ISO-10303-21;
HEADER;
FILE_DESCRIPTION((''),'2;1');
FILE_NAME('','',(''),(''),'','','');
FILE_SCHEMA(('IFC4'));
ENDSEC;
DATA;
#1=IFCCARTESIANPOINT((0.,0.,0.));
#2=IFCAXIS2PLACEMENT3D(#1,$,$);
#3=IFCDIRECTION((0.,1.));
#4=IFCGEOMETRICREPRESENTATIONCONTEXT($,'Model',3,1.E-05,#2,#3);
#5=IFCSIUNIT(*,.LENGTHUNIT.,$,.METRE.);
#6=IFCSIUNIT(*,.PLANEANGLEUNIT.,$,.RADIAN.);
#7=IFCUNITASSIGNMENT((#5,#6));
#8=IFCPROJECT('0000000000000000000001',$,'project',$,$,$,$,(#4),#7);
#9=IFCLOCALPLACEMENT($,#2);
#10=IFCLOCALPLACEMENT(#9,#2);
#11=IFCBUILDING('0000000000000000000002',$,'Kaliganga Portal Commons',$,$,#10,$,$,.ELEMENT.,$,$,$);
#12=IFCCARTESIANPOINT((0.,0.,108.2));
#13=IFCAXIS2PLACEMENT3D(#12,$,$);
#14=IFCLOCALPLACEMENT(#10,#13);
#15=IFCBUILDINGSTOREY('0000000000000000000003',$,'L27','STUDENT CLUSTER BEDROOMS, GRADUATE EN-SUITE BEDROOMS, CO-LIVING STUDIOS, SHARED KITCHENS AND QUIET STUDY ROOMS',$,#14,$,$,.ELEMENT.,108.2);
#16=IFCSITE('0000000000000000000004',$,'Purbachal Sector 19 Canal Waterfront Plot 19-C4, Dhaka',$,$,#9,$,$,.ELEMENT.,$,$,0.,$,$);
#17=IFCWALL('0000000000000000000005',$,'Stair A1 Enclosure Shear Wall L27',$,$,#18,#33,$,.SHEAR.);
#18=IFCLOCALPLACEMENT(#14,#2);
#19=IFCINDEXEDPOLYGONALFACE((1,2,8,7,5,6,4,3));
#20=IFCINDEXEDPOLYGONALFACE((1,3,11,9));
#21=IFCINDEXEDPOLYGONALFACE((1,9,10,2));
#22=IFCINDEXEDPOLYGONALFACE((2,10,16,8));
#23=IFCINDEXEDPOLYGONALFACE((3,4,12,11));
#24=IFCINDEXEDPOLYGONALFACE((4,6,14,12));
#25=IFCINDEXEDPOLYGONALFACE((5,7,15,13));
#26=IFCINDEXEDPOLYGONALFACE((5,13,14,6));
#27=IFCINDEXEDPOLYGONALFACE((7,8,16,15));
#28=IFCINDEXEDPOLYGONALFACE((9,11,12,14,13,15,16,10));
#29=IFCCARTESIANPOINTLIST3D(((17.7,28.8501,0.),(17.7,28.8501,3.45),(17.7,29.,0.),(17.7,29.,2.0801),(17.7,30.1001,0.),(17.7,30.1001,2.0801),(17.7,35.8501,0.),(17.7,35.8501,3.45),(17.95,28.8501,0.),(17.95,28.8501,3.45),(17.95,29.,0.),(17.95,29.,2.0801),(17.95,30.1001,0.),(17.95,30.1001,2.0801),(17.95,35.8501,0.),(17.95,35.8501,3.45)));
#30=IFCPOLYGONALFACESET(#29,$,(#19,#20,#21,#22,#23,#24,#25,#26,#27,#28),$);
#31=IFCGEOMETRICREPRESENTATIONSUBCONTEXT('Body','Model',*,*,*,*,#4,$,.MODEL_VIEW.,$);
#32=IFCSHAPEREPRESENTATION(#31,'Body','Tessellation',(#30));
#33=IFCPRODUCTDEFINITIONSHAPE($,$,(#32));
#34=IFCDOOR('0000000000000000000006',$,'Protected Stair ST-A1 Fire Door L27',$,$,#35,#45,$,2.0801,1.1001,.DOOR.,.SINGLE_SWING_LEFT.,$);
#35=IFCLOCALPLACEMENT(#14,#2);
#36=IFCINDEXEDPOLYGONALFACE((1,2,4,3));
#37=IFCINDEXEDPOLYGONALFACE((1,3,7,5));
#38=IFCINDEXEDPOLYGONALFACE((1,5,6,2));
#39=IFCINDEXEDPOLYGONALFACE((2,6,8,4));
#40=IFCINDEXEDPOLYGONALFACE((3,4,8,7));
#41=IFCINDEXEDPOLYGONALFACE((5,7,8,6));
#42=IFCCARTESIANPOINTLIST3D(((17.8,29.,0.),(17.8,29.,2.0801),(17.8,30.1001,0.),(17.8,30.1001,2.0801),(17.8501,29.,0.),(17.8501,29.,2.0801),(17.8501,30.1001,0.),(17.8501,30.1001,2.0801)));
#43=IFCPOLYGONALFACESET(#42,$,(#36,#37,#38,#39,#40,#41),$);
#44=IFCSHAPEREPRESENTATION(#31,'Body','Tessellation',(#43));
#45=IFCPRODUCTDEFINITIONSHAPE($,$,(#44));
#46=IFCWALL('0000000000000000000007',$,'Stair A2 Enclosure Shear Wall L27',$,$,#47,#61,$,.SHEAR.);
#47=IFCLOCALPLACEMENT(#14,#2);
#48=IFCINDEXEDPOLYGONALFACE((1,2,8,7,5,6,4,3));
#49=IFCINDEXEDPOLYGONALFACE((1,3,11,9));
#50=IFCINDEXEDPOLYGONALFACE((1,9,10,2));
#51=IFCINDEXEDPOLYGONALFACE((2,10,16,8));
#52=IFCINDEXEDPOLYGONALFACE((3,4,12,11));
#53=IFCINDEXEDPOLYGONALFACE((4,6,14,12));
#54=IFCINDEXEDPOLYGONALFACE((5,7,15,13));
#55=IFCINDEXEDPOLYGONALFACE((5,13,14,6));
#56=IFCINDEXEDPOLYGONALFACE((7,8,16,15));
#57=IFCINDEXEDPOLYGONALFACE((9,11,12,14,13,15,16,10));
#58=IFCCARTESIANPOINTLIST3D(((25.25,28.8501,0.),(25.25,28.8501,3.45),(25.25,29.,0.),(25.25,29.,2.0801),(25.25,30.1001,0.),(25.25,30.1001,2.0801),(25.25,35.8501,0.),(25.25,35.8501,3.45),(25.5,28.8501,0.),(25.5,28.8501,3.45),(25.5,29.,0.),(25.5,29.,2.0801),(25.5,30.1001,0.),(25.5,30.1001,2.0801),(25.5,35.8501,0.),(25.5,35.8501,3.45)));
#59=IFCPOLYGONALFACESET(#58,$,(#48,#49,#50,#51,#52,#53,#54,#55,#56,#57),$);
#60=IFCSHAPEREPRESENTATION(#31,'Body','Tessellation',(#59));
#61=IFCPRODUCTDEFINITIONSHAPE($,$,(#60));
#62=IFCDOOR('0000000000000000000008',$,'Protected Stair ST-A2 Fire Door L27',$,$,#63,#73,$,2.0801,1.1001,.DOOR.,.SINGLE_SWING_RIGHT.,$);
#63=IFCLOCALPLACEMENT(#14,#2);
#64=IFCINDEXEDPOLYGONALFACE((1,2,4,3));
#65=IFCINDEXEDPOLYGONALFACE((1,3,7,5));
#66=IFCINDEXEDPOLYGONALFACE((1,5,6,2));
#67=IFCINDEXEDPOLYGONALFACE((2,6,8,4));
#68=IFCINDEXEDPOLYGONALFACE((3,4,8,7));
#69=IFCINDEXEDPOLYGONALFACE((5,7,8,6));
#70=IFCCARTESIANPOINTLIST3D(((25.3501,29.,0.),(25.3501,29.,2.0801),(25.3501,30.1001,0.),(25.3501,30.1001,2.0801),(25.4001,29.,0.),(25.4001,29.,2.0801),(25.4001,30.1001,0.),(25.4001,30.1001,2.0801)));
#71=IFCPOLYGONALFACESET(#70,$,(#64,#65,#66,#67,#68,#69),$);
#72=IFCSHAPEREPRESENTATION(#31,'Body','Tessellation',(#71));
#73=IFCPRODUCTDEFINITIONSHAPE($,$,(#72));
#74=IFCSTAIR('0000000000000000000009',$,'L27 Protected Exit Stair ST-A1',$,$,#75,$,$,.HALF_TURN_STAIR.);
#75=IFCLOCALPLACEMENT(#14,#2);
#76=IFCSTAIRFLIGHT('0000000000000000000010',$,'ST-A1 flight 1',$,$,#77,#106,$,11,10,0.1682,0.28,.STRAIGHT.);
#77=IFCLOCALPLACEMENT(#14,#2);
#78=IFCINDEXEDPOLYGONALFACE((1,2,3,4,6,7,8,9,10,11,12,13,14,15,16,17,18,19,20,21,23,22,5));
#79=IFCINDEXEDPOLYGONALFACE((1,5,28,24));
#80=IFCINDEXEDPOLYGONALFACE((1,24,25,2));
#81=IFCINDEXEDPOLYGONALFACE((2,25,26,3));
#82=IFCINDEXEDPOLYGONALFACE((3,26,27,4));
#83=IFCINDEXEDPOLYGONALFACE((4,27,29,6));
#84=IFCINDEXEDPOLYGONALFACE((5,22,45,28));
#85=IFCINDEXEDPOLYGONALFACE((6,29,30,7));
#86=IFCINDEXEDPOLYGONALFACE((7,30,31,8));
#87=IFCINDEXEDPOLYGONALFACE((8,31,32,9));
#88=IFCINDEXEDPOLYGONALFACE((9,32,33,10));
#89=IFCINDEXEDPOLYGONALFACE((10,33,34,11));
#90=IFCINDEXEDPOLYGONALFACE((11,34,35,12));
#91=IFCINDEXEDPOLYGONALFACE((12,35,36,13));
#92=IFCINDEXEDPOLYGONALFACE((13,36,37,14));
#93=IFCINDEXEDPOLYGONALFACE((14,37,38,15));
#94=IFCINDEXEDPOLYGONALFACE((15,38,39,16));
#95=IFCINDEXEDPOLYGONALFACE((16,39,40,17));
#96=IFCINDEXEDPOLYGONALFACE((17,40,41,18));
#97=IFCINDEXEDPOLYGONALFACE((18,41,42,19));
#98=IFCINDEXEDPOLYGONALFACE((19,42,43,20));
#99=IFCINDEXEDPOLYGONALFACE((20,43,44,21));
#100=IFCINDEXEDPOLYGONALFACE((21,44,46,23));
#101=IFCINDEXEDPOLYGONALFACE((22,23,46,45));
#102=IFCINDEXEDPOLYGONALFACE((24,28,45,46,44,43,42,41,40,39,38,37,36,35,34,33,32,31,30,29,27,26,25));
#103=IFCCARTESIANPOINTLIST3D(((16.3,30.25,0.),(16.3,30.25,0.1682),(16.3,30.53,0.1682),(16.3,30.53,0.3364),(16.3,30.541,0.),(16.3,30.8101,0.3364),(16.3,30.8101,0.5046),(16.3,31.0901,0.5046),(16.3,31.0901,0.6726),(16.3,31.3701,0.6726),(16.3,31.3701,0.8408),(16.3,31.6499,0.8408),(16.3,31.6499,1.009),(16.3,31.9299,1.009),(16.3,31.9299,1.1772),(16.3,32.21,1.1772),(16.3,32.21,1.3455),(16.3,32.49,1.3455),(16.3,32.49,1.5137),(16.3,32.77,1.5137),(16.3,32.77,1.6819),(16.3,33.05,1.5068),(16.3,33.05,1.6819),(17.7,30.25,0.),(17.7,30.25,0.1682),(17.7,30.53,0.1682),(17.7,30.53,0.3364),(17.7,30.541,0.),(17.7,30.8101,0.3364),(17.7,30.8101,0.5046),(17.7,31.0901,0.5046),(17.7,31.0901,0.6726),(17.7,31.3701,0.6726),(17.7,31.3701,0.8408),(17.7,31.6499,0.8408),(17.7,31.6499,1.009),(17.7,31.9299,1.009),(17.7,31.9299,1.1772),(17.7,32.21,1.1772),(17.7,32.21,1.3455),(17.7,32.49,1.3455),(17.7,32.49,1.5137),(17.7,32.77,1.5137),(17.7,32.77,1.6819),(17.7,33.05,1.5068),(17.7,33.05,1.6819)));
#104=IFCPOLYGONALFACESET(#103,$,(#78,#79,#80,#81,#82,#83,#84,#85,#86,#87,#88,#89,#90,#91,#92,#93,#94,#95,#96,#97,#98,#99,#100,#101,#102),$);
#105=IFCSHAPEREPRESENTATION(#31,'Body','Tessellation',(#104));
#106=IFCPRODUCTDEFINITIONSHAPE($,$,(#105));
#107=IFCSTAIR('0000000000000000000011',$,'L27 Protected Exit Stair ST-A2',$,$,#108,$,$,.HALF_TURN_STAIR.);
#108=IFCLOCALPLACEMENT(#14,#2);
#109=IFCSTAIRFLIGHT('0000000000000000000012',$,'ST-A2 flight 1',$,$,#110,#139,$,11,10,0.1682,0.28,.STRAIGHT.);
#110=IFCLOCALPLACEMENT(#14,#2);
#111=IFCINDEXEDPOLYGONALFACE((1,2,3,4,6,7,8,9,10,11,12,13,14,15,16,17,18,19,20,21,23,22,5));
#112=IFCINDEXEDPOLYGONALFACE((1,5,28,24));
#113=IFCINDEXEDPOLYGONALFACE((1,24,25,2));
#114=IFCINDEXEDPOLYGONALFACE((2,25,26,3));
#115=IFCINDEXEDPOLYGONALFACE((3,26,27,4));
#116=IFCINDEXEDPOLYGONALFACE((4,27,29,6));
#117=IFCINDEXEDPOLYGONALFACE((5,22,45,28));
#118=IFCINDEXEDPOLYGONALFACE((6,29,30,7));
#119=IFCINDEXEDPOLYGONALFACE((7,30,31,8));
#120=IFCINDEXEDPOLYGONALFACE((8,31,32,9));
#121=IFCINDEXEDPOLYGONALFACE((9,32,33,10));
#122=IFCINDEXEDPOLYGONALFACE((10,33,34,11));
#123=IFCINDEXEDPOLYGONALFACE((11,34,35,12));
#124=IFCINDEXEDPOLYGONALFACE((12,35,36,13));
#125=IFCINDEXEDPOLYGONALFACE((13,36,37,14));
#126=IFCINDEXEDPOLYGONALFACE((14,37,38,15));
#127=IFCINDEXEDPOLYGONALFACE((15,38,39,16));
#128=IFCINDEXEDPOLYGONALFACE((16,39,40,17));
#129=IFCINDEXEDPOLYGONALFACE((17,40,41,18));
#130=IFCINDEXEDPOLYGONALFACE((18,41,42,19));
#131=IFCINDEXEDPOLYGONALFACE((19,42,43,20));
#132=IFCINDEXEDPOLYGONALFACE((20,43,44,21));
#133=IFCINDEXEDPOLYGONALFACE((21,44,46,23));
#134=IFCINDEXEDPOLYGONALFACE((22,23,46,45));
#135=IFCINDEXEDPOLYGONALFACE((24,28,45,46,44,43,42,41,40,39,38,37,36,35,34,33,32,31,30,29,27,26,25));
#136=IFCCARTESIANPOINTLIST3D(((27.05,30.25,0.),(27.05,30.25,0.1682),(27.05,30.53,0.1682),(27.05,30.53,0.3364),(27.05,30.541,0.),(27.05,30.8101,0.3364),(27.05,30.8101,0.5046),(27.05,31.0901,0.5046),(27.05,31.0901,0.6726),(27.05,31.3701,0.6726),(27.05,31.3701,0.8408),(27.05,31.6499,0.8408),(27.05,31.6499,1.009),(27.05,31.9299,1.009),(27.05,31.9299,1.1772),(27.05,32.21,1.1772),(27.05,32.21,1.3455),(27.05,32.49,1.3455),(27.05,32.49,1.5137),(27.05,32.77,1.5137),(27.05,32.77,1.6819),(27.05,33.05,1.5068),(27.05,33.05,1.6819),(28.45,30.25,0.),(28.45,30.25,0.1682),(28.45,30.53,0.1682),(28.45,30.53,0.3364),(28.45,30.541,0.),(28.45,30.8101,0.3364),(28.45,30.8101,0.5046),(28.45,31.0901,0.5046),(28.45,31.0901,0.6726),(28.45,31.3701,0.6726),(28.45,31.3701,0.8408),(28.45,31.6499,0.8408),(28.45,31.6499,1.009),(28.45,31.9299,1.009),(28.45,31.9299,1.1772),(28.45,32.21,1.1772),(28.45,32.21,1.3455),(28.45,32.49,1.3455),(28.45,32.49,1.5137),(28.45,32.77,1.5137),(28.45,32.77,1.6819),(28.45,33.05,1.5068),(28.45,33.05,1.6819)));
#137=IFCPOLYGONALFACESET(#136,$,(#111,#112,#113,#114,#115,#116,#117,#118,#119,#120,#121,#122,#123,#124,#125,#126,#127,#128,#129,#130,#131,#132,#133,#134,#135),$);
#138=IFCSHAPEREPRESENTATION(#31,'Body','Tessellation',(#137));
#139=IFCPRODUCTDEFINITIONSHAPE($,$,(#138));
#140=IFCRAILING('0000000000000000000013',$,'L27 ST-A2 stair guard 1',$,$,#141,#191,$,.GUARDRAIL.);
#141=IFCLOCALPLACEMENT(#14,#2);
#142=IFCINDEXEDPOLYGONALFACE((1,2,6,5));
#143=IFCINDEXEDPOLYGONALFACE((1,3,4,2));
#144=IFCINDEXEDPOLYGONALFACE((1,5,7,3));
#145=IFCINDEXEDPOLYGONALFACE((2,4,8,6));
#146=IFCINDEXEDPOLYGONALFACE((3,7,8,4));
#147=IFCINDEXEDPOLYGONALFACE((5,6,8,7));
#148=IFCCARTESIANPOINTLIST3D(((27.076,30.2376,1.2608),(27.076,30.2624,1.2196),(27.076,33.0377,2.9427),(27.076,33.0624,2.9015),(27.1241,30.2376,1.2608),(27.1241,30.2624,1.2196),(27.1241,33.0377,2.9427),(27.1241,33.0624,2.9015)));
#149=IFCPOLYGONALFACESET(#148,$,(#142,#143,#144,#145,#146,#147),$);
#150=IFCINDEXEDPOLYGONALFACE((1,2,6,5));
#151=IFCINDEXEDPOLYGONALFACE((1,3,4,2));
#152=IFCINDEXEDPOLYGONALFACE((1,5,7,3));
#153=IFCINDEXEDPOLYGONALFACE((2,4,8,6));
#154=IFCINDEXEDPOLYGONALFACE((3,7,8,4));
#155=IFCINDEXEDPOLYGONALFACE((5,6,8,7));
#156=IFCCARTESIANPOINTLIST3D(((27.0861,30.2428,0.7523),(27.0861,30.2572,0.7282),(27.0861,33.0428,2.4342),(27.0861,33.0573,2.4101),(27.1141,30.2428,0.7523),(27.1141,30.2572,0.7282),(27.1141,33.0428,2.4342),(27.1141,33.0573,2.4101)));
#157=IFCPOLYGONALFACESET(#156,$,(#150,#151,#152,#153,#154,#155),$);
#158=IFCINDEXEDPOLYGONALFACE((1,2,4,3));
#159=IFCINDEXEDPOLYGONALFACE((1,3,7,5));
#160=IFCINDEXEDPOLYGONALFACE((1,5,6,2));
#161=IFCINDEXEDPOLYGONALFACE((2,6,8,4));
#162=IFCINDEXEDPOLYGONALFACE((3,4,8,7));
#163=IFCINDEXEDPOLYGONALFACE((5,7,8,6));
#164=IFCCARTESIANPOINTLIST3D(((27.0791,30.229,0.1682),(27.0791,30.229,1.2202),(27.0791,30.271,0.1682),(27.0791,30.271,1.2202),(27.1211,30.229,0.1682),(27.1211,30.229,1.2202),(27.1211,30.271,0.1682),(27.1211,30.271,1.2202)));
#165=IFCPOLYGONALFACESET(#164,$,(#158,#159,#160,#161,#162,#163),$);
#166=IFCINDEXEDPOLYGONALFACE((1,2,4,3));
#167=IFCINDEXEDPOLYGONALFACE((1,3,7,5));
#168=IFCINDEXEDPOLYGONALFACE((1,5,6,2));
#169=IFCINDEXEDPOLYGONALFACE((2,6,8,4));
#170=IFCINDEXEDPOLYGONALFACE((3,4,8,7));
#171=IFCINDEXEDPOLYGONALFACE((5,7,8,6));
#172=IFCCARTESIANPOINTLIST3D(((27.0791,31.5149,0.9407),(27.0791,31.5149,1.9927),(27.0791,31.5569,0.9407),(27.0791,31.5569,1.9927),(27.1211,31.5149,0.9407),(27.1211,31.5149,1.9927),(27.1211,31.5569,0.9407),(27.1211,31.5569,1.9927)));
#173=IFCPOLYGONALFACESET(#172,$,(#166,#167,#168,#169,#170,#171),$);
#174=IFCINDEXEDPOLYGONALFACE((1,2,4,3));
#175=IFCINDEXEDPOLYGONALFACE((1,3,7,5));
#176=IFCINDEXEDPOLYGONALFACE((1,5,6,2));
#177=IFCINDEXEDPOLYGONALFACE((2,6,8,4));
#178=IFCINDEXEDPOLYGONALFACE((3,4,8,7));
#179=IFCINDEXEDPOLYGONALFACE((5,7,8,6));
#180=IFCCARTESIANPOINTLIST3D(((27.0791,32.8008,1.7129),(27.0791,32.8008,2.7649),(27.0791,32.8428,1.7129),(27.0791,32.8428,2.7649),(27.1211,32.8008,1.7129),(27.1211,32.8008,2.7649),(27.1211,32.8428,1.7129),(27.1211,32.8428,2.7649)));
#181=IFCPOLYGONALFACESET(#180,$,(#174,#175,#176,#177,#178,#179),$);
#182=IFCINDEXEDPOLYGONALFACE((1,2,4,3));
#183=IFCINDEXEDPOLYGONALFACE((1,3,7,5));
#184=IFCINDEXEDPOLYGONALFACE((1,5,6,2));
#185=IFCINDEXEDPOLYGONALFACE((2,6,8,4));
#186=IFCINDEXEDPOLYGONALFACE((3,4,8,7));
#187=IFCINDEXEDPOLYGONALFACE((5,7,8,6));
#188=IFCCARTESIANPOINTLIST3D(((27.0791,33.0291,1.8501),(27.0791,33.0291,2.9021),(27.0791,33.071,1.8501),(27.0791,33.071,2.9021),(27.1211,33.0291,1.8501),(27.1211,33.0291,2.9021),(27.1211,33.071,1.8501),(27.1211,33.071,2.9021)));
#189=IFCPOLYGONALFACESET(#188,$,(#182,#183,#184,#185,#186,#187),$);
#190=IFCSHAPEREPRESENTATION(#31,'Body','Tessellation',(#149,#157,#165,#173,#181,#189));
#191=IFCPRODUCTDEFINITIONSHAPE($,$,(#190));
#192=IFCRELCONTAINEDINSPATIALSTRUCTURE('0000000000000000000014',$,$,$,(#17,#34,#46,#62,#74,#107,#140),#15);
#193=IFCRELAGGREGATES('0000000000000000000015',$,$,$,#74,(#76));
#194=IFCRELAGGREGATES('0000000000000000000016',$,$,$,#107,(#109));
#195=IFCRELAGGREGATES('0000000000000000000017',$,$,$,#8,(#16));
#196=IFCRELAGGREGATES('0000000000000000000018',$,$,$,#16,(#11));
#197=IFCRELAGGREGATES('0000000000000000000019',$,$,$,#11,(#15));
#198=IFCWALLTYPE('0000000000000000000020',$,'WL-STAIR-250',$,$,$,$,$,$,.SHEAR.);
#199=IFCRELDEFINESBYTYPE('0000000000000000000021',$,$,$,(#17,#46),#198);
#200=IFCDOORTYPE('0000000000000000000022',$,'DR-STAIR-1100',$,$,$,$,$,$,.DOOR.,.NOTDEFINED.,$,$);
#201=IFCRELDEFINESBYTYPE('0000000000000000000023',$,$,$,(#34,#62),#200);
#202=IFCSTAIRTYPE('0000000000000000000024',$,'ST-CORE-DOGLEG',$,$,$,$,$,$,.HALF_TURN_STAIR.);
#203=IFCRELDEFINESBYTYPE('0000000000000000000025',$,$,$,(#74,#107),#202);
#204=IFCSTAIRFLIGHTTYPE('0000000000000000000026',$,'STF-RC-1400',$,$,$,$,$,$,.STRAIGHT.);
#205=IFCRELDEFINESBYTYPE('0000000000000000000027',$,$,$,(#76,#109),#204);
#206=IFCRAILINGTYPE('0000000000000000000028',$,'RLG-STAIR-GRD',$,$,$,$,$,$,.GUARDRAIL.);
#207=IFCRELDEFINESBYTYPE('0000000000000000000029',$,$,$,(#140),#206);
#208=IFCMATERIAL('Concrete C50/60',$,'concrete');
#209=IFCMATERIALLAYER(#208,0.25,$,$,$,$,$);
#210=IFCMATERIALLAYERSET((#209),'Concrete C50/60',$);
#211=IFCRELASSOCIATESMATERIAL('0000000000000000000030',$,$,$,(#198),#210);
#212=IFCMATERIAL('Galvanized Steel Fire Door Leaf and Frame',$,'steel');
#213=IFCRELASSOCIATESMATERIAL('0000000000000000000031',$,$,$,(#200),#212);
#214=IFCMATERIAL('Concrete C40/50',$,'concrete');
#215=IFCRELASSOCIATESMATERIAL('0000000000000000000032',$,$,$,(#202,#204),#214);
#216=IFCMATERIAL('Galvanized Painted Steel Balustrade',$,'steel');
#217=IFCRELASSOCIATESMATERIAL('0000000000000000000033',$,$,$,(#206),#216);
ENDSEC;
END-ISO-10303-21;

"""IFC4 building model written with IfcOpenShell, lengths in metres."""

from ifc_helpers import new_model, si_unit, direction, frame, frame_2d, origin, origin_2d, place, context, subcontext, project, spatial, polyline, rectangle, outline, extrude, material, layer, layer_set, type_object, element, fill, aggregate, save


model = new_model("IFC4")

# Units and contexts
model_context = context("Model", 3, precision=1e-05, world=origin(), true_north=direction((0.0, 1.0)))
body_context = subcontext(model_context, "Body", "Model", "MODEL_VIEW")
ifc_project = project(units=[si_unit("LENGTHUNIT", "METRE"), si_unit("PLANEANGLEUNIT", "RADIAN")], contexts=[model_context])

# Site, building, storey
site_placement = place(None, origin())
site = spatial("IfcSite", under=ifc_project, at=site_placement, Name="Purbachal Sector 19 Canal Waterfront Plot 19-C4, Dhaka", CompositionType="ELEMENT", RefElevation=0.0)
building_placement = place(site_placement, origin())
building = spatial("IfcBuilding", under=site, at=building_placement, Name="Kaliganga Portal Commons", CompositionType="ELEMENT")
storey_placement = place(building_placement, frame((0.0, 0.0, 108.2)))
storey = spatial("IfcBuildingStorey", under=building, at=storey_placement, Name="L27", Description="STUDENT CLUSTER BEDROOMS, GRADUATE EN-SUITE BEDROOMS, CO-LIVING STUDIOS, SHARED KITCHENS AND QUIET STUDY ROOMS", CompositionType="ELEMENT", Elevation=108.2)

# Shared definitions
ifc_material_1 = material(Name="Concrete C50/60", Category="concrete")

# Walls, openings, doors
ifc_layer_1 = layer(ifc_material_1, 0.25)
ifc_layer_set_1 = layer_set([ifc_layer_1], Name="Concrete C50/60")
wall_type_1 = type_object("IfcWallType", Name="WL-STAIR-250", PredefinedType="SHEAR", material=ifc_layer_set_1)
wall_1_placement = place(storey_placement, frame((17.825, 28.8501, 0.0), z_axis=(0.0, 0.0, 1.0), x_axis=(0.0, 1.0, 0.0)))
wall_1 = element("IfcWall", 1, at=wall_1_placement, inside=storey, type_object=wall_type_1, Name="Stair A1 Enclosure Shear Wall L27", PredefinedType="SHEAR", context=body_context, shape_type="SweptSolid", body=[
    extrude(rectangle(XDim=7.0, YDim=0.25, at=frame_2d((3.5, 0.0))), origin(), (0.0, 0.0, 1.0), 3.45),
])
opening_1_placement = place(wall_1_placement, frame((0.1499, 0.0, 0.0)))
opening_1 = element("IfcOpeningElement", 2, at=opening_1_placement, cuts=wall_1, PredefinedType="OPENING", context=body_context, shape_type="SweptSolid", body=[
    extrude(rectangle(XDim=1.1001, YDim=2.0801, at=frame_2d((0.55, 1.04))), frame((0.0, 0.135, 0.0), z_axis=(0.0, -1.0, 0.0), x_axis=(1.0, 0.0, 0.0)), (0.0, 0.0, 1.0), 0.27),
])
ifc_material_2 = material(Name="Galvanized Steel Fire Door Leaf and Frame", Category="steel")
door_type_1 = type_object("IfcDoorType", Name="DR-STAIR-1100", OperationType="NOTDEFINED", PredefinedType="DOOR", material=ifc_material_2)
door_1_placement = place(opening_1_placement, origin())
door_1 = element("IfcDoor", 3, at=door_1_placement, inside=storey, type_object=door_type_1, Name="Protected Stair ST-A1 Fire Door L27", OperationType="SINGLE_SWING_LEFT", OverallHeight=2.0801, OverallWidth=1.1001, PredefinedType="DOOR", context=body_context, shape_type="SweptSolid", body=[
    extrude(rectangle(XDim=1.1001, YDim=2.0801, at=frame_2d((0.55, 1.04))), frame((0.0, 0.0249, 0.0), z_axis=(0.0, -1.0, 0.0), x_axis=(1.0, 0.0, 0.0)), (0.0, 0.0, 1.0), 0.05),
])
fill(opening_1, door_1)
wall_2_placement = place(storey_placement, frame((25.375, 28.8501, 0.0), z_axis=(0.0, 0.0, 1.0), x_axis=(0.0, 1.0, 0.0)))
wall_2 = element("IfcWall", 4, at=wall_2_placement, inside=storey, type_object=wall_type_1, Name="Stair A2 Enclosure Shear Wall L27", PredefinedType="SHEAR", context=body_context, shape_type="SweptSolid", body=[
    extrude(rectangle(XDim=7.0, YDim=0.25, at=frame_2d((3.5, 0.0))), origin(), (0.0, 0.0, 1.0), 3.45),
])
opening_2_placement = place(wall_2_placement, frame((0.1499, 0.0, 0.0)))
opening_2 = element("IfcOpeningElement", 5, at=opening_2_placement, cuts=wall_2, PredefinedType="OPENING", context=body_context, shape_type="SweptSolid", body=[
    extrude(rectangle(XDim=1.1001, YDim=2.0801, at=frame_2d((0.55, 1.04))), frame((0.0, 0.135, 0.0), z_axis=(0.0, -1.0, 0.0), x_axis=(1.0, 0.0, 0.0)), (0.0, 0.0, 1.0), 0.27),
])
door_2_placement = place(opening_2_placement, origin())
door_2 = element("IfcDoor", 6, at=door_2_placement, inside=storey, type_object=door_type_1, Name="Protected Stair ST-A2 Fire Door L27", OperationType="SINGLE_SWING_RIGHT", OverallHeight=2.0801, OverallWidth=1.1001, PredefinedType="DOOR", context=body_context, shape_type="SweptSolid", body=[
    extrude(rectangle(XDim=1.1001, YDim=2.0801, at=frame_2d((0.55, 1.04))), frame((0.0, 0.0249, 0.0), z_axis=(0.0, -1.0, 0.0), x_axis=(1.0, 0.0, 0.0)), (0.0, 0.0, 1.0), 0.05),
])
fill(opening_2, door_2)

# Stairs, stair flights
ifc_material_3 = material(Name="Concrete C40/50", Category="concrete")
stair_type = type_object("IfcStairType", Name="ST-CORE-DOGLEG", PredefinedType="HALF_TURN_STAIR", material=ifc_material_3)
stair_1_placement = place(storey_placement, origin())
stair_1 = element("IfcStair", 7, at=stair_1_placement, inside=storey, type_object=stair_type, Name="L27 Protected Exit Stair ST-A1", PredefinedType="HALF_TURN_STAIR")
stair_flight_type = type_object("IfcStairFlightType", Name="STF-RC-1400", PredefinedType="STRAIGHT", material=ifc_material_3)
stair_flight_1_placement = place(storey_placement, frame((17.0, 30.25, 0.0), z_axis=(0.0, 0.0, 1.0), x_axis=(0.0, 1.0, 0.0)))
stair_flight_1 = element("IfcStairFlight", 8, at=stair_flight_1_placement, type_object=stair_flight_type, Name="ST-A1 flight 1", NumberOfRisers=11, NumberOfTreads=10, PredefinedType="STRAIGHT", RiserHeight=0.1682, TreadLength=0.28, context=body_context, shape_type="SweptSolid", body=[
    extrude(outline(polyline([(0.0, 0.0), (0.0, 0.1682), (0.28, 0.1682), (0.28, 0.3364), (0.5601, 0.3364), (0.5601, 0.5046), (0.8401, 0.5046), (0.8401, 0.6726), (1.1201, 0.6726), (1.1201, 0.8408), (1.3999, 0.8408), (1.3999, 1.009), (1.6799, 1.009), (1.6799, 1.1772), (1.96, 1.1772), (1.96, 1.3455), (2.24, 1.3455), (2.24, 1.5137), (2.52, 1.5137), (2.52, 1.6819), (2.8, 1.6819), (2.8, 1.8501), (2.8, 1.5068), (0.291, 0.0), (0.0, 0.0)])), frame((0.0, 0.7, 0.0), z_axis=(0.0, -1.0, 0.0), x_axis=(1.0, 0.0, 0.0)), (0.0, 0.0, 1.0), 1.3999),
])
aggregate(stair_1, [stair_flight_1])
stair_2_placement = place(storey_placement, origin())
stair_2 = element("IfcStair", 9, at=stair_2_placement, inside=storey, type_object=stair_type, Name="L27 Protected Exit Stair ST-A2", PredefinedType="HALF_TURN_STAIR")
stair_flight_2_placement = place(storey_placement, frame((27.75, 30.25, 0.0), z_axis=(0.0, 0.0, 1.0), x_axis=(0.0, 1.0, 0.0)))
stair_flight_2 = element("IfcStairFlight", 10, at=stair_flight_2_placement, type_object=stair_flight_type, Name="ST-A2 flight 1", NumberOfRisers=11, NumberOfTreads=10, PredefinedType="STRAIGHT", RiserHeight=0.1682, TreadLength=0.28, context=body_context, shape_type="SweptSolid", body=[
    extrude(outline(polyline([(0.0, 0.0), (0.0, 0.1682), (0.28, 0.1682), (0.28, 0.3364), (0.5601, 0.3364), (0.5601, 0.5046), (0.8401, 0.5046), (0.8401, 0.6726), (1.1201, 0.6726), (1.1201, 0.8408), (1.3999, 0.8408), (1.3999, 1.009), (1.6799, 1.009), (1.6799, 1.1772), (1.96, 1.1772), (1.96, 1.3455), (2.24, 1.3455), (2.24, 1.5137), (2.52, 1.5137), (2.52, 1.6819), (2.8, 1.6819), (2.8, 1.8501), (2.8, 1.5068), (0.291, 0.0), (0.0, 0.0)])), frame((0.0, 0.7, 0.0), z_axis=(0.0, -1.0, 0.0), x_axis=(1.0, 0.0, 0.0)), (0.0, 0.0, 1.0), 1.3999),
])
aggregate(stair_2, [stair_flight_2])

# Railing
ifc_material_4 = material(Name="Galvanized Painted Steel Balustrade", Category="steel")
railing_type_1 = type_object("IfcRailingType", Name="RLG-STAIR-GRD", PredefinedType="GUARDRAIL", material=ifc_material_4)
railing_1_placement = place(storey_placement, frame((27.1001, 30.25, 0.1682)))
element("IfcRailing", 11, at=railing_1_placement, inside=storey, type_object=railing_type_1, Name="L27 ST-A2 stair guard 1", PredefinedType="GUARDRAIL", context=body_context, shape_type="SweptSolid", body=[
    extrude(rectangle(XDim=0.0481, YDim=0.0481, at=origin_2d()), frame((0.0, 0.0, 1.072), z_axis=(0.0, 0.857242, 0.514913), x_axis=(-1.0, 0.0, 0.0)), (0.0, 0.0, 1.0), 3.2664),
    extrude(rectangle(XDim=0.0281, YDim=0.0281, at=origin_2d()), frame((0.0, 0.0, 0.572), z_axis=(0.0, 0.857242, 0.514913), x_axis=(-1.0, 0.0, 0.0)), (0.0, 0.0, 1.0), 3.2664),
    extrude(rectangle(XDim=0.042, YDim=0.042, at=origin_2d()), origin(), (0.0, 0.0, 1.0), 1.052),
    extrude(rectangle(XDim=0.042, YDim=0.042, at=origin_2d()), frame((0.0, 1.2859, 0.7725)), (0.0, 0.0, 1.0), 1.052),
    extrude(rectangle(XDim=0.042, YDim=0.042, at=origin_2d()), frame((0.0, 2.5718, 1.5447)), (0.0, 0.0, 1.0), 1.052),
    extrude(rectangle(XDim=0.042, YDim=0.042, at=origin_2d()), frame((0.0, 2.8, 1.6819)), (0.0, 0.0, 1.0), 1.052),
])

save(model, "model.ifc")
